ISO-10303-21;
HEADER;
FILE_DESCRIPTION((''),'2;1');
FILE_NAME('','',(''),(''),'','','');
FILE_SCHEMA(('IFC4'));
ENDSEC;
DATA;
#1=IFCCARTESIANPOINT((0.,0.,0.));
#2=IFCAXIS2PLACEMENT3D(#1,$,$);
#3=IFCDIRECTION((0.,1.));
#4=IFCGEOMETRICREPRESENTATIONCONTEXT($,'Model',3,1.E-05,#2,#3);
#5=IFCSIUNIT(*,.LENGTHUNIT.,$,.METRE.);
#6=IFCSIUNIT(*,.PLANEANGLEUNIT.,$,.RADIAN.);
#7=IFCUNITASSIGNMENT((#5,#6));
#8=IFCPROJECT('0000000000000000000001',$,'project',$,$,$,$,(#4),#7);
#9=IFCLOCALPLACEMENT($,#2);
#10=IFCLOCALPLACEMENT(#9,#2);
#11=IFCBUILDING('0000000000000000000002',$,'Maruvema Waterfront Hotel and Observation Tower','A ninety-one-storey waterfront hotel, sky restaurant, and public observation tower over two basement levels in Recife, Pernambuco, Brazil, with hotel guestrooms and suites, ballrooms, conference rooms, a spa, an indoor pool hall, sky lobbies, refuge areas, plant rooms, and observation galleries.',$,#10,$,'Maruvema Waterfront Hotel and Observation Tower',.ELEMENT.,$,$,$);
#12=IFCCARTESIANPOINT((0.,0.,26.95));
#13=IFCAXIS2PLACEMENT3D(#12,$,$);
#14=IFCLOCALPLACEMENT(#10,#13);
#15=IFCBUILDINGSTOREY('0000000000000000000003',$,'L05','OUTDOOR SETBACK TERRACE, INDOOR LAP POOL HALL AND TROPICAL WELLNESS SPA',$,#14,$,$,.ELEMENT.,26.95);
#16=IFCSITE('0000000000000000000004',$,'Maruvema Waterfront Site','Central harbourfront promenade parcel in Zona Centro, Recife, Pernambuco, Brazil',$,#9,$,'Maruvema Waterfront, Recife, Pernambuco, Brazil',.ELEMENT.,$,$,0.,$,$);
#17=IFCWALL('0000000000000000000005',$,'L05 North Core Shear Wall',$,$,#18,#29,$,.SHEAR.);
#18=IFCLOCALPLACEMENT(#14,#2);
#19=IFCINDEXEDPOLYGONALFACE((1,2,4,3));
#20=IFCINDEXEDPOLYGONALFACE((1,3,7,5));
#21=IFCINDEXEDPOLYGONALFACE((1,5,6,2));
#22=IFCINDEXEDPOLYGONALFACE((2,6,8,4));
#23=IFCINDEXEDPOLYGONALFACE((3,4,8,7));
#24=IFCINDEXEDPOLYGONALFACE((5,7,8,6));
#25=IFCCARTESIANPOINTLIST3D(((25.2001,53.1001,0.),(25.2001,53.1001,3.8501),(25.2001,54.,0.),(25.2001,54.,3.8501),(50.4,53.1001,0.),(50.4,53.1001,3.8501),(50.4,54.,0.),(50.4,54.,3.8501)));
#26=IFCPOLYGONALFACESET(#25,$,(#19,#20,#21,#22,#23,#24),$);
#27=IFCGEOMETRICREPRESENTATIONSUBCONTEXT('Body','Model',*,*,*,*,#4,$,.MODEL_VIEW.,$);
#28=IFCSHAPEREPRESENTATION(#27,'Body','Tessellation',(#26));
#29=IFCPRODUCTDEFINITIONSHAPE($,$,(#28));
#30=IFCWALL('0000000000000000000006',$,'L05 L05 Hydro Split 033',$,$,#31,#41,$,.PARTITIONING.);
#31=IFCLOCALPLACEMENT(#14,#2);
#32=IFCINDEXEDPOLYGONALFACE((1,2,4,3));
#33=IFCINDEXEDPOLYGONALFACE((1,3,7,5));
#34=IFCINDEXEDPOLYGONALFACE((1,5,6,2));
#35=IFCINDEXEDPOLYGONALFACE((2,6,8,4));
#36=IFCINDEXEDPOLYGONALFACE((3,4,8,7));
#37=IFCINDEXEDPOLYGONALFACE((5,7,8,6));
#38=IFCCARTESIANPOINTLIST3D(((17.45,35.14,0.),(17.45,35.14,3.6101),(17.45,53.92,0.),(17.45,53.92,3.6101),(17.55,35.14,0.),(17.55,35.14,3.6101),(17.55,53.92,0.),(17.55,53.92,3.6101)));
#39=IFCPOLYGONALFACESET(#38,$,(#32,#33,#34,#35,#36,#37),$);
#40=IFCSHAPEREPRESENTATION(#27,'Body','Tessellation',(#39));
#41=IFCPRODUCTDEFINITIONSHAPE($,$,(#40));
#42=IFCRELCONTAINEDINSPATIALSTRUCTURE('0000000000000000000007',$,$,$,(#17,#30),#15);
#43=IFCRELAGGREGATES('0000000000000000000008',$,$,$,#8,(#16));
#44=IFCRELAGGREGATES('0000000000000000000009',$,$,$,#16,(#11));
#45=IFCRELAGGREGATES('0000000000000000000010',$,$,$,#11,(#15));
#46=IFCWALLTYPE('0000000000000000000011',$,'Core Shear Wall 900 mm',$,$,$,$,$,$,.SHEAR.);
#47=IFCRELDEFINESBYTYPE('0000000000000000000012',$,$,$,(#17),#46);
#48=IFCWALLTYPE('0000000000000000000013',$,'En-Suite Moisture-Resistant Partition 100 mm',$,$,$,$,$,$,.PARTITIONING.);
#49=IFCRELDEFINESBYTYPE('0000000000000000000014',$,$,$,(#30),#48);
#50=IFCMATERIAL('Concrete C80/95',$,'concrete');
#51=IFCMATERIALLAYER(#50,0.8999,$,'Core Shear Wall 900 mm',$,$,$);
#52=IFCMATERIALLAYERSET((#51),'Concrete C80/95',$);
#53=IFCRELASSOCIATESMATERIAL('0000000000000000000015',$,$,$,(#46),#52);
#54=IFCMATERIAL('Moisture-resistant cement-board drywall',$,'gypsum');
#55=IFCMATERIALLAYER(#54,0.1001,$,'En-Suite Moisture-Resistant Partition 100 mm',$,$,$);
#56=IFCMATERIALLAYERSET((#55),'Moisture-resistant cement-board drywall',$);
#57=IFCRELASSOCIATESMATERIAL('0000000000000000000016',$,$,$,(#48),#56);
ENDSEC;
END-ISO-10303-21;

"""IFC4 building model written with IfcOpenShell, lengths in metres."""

from ifc_helpers import new_model, si_unit, direction, frame, frame_2d, origin, place, context, subcontext, project, spatial, rectangle, extrude, material, layer, layer_set, type_object, element, save


model = new_model("IFC4")

# Units and contexts
model_context = context("Model", 3, precision=1e-05, world=origin(), true_north=direction((0.0, 1.0)))
body_context = subcontext(model_context, "Body", "Model", "MODEL_VIEW")
ifc_project = project(units=[si_unit("LENGTHUNIT", "METRE"), si_unit("PLANEANGLEUNIT", "RADIAN")], contexts=[model_context])

# Site, building, storey
site_placement = place(None, origin())
site = spatial("IfcSite", under=ifc_project, at=site_placement, Name="Maruvema Waterfront Site", Description="Central harbourfront promenade parcel in Zona Centro, Recife, Pernambuco, Brazil", LongName="Maruvema Waterfront, Recife, Pernambuco, Brazil", CompositionType="ELEMENT", RefElevation=0.0)
building_placement = place(site_placement, origin())
building = spatial("IfcBuilding", under=site, at=building_placement, Name="Maruvema Waterfront Hotel and Observation Tower", Description="A ninety-one-storey waterfront hotel, sky restaurant, and public observation tower over two basement levels in Recife, Pernambuco, Brazil, with hotel guestrooms and suites, ballrooms, conference rooms, a spa, an indoor pool hall, sky lobbies, refuge areas, plant rooms, and observation galleries.", LongName="Maruvema Waterfront Hotel and Observation Tower", CompositionType="ELEMENT")
storey_placement = place(building_placement, frame((0.0, 0.0, 26.95)))
storey = spatial("IfcBuildingStorey", under=building, at=storey_placement, Name="L05", Description="OUTDOOR SETBACK TERRACE, INDOOR LAP POOL HALL AND TROPICAL WELLNESS SPA", CompositionType="ELEMENT", Elevation=26.95)

# Wall
ifc_material_1 = material(Name="Concrete C80/95", Category="concrete")
ifc_layer_1 = layer(ifc_material_1, 0.8999, Name="Core Shear Wall 900 mm")
ifc_layer_set_1 = layer_set([ifc_layer_1], Name="Concrete C80/95")
wall_type_1 = type_object("IfcWallType", Name="Core Shear Wall 900 mm", PredefinedType="SHEAR", material=ifc_layer_set_1)
wall_1_placement = place(storey_placement, frame((25.2, 53.55, 0.0), z_axis=(0.0, 0.0, 1.0), x_axis=(1.0, 0.0, 0.0)))
element("IfcWall", 1, at=wall_1_placement, inside=storey, type_object=wall_type_1, Name="L05 North Core Shear Wall", PredefinedType="SHEAR", context=body_context, shape_type="SweptSolid", body=[
    extrude(rectangle(XDim=25.2, YDim=0.8999, at=frame_2d((12.6001, 0.0))), origin(), (0.0, 0.0, 1.0), 3.8501),
])

# Wall
ifc_material_2 = material(Name="Moisture-resistant cement-board drywall", Category="gypsum")
ifc_layer_2 = layer(ifc_material_2, 0.1001, Name="En-Suite Moisture-Resistant Partition 100 mm")
ifc_layer_set_2 = layer_set([ifc_layer_2], Name="Moisture-resistant cement-board drywall")
wall_type_2 = type_object("IfcWallType", Name="En-Suite Moisture-Resistant Partition 100 mm", PredefinedType="PARTITIONING", material=ifc_layer_set_2)
wall_2_placement = place(storey_placement, frame((17.5, 35.1399, 0.0), z_axis=(0.0, 0.0, 1.0), x_axis=(0.0, 1.0, 0.0)))
element("IfcWall", 2, at=wall_2_placement, inside=storey, type_object=wall_type_2, Name="L05 L05 Hydro Split 033", PredefinedType="PARTITIONING", context=body_context, shape_type="SweptSolid", body=[
    extrude(rectangle(XDim=18.78, YDim=0.1001, at=frame_2d((9.3901, 0.0))), origin(), (0.0, 0.0, 1.0), 3.6101),
])

save(model, "model.ifc")
